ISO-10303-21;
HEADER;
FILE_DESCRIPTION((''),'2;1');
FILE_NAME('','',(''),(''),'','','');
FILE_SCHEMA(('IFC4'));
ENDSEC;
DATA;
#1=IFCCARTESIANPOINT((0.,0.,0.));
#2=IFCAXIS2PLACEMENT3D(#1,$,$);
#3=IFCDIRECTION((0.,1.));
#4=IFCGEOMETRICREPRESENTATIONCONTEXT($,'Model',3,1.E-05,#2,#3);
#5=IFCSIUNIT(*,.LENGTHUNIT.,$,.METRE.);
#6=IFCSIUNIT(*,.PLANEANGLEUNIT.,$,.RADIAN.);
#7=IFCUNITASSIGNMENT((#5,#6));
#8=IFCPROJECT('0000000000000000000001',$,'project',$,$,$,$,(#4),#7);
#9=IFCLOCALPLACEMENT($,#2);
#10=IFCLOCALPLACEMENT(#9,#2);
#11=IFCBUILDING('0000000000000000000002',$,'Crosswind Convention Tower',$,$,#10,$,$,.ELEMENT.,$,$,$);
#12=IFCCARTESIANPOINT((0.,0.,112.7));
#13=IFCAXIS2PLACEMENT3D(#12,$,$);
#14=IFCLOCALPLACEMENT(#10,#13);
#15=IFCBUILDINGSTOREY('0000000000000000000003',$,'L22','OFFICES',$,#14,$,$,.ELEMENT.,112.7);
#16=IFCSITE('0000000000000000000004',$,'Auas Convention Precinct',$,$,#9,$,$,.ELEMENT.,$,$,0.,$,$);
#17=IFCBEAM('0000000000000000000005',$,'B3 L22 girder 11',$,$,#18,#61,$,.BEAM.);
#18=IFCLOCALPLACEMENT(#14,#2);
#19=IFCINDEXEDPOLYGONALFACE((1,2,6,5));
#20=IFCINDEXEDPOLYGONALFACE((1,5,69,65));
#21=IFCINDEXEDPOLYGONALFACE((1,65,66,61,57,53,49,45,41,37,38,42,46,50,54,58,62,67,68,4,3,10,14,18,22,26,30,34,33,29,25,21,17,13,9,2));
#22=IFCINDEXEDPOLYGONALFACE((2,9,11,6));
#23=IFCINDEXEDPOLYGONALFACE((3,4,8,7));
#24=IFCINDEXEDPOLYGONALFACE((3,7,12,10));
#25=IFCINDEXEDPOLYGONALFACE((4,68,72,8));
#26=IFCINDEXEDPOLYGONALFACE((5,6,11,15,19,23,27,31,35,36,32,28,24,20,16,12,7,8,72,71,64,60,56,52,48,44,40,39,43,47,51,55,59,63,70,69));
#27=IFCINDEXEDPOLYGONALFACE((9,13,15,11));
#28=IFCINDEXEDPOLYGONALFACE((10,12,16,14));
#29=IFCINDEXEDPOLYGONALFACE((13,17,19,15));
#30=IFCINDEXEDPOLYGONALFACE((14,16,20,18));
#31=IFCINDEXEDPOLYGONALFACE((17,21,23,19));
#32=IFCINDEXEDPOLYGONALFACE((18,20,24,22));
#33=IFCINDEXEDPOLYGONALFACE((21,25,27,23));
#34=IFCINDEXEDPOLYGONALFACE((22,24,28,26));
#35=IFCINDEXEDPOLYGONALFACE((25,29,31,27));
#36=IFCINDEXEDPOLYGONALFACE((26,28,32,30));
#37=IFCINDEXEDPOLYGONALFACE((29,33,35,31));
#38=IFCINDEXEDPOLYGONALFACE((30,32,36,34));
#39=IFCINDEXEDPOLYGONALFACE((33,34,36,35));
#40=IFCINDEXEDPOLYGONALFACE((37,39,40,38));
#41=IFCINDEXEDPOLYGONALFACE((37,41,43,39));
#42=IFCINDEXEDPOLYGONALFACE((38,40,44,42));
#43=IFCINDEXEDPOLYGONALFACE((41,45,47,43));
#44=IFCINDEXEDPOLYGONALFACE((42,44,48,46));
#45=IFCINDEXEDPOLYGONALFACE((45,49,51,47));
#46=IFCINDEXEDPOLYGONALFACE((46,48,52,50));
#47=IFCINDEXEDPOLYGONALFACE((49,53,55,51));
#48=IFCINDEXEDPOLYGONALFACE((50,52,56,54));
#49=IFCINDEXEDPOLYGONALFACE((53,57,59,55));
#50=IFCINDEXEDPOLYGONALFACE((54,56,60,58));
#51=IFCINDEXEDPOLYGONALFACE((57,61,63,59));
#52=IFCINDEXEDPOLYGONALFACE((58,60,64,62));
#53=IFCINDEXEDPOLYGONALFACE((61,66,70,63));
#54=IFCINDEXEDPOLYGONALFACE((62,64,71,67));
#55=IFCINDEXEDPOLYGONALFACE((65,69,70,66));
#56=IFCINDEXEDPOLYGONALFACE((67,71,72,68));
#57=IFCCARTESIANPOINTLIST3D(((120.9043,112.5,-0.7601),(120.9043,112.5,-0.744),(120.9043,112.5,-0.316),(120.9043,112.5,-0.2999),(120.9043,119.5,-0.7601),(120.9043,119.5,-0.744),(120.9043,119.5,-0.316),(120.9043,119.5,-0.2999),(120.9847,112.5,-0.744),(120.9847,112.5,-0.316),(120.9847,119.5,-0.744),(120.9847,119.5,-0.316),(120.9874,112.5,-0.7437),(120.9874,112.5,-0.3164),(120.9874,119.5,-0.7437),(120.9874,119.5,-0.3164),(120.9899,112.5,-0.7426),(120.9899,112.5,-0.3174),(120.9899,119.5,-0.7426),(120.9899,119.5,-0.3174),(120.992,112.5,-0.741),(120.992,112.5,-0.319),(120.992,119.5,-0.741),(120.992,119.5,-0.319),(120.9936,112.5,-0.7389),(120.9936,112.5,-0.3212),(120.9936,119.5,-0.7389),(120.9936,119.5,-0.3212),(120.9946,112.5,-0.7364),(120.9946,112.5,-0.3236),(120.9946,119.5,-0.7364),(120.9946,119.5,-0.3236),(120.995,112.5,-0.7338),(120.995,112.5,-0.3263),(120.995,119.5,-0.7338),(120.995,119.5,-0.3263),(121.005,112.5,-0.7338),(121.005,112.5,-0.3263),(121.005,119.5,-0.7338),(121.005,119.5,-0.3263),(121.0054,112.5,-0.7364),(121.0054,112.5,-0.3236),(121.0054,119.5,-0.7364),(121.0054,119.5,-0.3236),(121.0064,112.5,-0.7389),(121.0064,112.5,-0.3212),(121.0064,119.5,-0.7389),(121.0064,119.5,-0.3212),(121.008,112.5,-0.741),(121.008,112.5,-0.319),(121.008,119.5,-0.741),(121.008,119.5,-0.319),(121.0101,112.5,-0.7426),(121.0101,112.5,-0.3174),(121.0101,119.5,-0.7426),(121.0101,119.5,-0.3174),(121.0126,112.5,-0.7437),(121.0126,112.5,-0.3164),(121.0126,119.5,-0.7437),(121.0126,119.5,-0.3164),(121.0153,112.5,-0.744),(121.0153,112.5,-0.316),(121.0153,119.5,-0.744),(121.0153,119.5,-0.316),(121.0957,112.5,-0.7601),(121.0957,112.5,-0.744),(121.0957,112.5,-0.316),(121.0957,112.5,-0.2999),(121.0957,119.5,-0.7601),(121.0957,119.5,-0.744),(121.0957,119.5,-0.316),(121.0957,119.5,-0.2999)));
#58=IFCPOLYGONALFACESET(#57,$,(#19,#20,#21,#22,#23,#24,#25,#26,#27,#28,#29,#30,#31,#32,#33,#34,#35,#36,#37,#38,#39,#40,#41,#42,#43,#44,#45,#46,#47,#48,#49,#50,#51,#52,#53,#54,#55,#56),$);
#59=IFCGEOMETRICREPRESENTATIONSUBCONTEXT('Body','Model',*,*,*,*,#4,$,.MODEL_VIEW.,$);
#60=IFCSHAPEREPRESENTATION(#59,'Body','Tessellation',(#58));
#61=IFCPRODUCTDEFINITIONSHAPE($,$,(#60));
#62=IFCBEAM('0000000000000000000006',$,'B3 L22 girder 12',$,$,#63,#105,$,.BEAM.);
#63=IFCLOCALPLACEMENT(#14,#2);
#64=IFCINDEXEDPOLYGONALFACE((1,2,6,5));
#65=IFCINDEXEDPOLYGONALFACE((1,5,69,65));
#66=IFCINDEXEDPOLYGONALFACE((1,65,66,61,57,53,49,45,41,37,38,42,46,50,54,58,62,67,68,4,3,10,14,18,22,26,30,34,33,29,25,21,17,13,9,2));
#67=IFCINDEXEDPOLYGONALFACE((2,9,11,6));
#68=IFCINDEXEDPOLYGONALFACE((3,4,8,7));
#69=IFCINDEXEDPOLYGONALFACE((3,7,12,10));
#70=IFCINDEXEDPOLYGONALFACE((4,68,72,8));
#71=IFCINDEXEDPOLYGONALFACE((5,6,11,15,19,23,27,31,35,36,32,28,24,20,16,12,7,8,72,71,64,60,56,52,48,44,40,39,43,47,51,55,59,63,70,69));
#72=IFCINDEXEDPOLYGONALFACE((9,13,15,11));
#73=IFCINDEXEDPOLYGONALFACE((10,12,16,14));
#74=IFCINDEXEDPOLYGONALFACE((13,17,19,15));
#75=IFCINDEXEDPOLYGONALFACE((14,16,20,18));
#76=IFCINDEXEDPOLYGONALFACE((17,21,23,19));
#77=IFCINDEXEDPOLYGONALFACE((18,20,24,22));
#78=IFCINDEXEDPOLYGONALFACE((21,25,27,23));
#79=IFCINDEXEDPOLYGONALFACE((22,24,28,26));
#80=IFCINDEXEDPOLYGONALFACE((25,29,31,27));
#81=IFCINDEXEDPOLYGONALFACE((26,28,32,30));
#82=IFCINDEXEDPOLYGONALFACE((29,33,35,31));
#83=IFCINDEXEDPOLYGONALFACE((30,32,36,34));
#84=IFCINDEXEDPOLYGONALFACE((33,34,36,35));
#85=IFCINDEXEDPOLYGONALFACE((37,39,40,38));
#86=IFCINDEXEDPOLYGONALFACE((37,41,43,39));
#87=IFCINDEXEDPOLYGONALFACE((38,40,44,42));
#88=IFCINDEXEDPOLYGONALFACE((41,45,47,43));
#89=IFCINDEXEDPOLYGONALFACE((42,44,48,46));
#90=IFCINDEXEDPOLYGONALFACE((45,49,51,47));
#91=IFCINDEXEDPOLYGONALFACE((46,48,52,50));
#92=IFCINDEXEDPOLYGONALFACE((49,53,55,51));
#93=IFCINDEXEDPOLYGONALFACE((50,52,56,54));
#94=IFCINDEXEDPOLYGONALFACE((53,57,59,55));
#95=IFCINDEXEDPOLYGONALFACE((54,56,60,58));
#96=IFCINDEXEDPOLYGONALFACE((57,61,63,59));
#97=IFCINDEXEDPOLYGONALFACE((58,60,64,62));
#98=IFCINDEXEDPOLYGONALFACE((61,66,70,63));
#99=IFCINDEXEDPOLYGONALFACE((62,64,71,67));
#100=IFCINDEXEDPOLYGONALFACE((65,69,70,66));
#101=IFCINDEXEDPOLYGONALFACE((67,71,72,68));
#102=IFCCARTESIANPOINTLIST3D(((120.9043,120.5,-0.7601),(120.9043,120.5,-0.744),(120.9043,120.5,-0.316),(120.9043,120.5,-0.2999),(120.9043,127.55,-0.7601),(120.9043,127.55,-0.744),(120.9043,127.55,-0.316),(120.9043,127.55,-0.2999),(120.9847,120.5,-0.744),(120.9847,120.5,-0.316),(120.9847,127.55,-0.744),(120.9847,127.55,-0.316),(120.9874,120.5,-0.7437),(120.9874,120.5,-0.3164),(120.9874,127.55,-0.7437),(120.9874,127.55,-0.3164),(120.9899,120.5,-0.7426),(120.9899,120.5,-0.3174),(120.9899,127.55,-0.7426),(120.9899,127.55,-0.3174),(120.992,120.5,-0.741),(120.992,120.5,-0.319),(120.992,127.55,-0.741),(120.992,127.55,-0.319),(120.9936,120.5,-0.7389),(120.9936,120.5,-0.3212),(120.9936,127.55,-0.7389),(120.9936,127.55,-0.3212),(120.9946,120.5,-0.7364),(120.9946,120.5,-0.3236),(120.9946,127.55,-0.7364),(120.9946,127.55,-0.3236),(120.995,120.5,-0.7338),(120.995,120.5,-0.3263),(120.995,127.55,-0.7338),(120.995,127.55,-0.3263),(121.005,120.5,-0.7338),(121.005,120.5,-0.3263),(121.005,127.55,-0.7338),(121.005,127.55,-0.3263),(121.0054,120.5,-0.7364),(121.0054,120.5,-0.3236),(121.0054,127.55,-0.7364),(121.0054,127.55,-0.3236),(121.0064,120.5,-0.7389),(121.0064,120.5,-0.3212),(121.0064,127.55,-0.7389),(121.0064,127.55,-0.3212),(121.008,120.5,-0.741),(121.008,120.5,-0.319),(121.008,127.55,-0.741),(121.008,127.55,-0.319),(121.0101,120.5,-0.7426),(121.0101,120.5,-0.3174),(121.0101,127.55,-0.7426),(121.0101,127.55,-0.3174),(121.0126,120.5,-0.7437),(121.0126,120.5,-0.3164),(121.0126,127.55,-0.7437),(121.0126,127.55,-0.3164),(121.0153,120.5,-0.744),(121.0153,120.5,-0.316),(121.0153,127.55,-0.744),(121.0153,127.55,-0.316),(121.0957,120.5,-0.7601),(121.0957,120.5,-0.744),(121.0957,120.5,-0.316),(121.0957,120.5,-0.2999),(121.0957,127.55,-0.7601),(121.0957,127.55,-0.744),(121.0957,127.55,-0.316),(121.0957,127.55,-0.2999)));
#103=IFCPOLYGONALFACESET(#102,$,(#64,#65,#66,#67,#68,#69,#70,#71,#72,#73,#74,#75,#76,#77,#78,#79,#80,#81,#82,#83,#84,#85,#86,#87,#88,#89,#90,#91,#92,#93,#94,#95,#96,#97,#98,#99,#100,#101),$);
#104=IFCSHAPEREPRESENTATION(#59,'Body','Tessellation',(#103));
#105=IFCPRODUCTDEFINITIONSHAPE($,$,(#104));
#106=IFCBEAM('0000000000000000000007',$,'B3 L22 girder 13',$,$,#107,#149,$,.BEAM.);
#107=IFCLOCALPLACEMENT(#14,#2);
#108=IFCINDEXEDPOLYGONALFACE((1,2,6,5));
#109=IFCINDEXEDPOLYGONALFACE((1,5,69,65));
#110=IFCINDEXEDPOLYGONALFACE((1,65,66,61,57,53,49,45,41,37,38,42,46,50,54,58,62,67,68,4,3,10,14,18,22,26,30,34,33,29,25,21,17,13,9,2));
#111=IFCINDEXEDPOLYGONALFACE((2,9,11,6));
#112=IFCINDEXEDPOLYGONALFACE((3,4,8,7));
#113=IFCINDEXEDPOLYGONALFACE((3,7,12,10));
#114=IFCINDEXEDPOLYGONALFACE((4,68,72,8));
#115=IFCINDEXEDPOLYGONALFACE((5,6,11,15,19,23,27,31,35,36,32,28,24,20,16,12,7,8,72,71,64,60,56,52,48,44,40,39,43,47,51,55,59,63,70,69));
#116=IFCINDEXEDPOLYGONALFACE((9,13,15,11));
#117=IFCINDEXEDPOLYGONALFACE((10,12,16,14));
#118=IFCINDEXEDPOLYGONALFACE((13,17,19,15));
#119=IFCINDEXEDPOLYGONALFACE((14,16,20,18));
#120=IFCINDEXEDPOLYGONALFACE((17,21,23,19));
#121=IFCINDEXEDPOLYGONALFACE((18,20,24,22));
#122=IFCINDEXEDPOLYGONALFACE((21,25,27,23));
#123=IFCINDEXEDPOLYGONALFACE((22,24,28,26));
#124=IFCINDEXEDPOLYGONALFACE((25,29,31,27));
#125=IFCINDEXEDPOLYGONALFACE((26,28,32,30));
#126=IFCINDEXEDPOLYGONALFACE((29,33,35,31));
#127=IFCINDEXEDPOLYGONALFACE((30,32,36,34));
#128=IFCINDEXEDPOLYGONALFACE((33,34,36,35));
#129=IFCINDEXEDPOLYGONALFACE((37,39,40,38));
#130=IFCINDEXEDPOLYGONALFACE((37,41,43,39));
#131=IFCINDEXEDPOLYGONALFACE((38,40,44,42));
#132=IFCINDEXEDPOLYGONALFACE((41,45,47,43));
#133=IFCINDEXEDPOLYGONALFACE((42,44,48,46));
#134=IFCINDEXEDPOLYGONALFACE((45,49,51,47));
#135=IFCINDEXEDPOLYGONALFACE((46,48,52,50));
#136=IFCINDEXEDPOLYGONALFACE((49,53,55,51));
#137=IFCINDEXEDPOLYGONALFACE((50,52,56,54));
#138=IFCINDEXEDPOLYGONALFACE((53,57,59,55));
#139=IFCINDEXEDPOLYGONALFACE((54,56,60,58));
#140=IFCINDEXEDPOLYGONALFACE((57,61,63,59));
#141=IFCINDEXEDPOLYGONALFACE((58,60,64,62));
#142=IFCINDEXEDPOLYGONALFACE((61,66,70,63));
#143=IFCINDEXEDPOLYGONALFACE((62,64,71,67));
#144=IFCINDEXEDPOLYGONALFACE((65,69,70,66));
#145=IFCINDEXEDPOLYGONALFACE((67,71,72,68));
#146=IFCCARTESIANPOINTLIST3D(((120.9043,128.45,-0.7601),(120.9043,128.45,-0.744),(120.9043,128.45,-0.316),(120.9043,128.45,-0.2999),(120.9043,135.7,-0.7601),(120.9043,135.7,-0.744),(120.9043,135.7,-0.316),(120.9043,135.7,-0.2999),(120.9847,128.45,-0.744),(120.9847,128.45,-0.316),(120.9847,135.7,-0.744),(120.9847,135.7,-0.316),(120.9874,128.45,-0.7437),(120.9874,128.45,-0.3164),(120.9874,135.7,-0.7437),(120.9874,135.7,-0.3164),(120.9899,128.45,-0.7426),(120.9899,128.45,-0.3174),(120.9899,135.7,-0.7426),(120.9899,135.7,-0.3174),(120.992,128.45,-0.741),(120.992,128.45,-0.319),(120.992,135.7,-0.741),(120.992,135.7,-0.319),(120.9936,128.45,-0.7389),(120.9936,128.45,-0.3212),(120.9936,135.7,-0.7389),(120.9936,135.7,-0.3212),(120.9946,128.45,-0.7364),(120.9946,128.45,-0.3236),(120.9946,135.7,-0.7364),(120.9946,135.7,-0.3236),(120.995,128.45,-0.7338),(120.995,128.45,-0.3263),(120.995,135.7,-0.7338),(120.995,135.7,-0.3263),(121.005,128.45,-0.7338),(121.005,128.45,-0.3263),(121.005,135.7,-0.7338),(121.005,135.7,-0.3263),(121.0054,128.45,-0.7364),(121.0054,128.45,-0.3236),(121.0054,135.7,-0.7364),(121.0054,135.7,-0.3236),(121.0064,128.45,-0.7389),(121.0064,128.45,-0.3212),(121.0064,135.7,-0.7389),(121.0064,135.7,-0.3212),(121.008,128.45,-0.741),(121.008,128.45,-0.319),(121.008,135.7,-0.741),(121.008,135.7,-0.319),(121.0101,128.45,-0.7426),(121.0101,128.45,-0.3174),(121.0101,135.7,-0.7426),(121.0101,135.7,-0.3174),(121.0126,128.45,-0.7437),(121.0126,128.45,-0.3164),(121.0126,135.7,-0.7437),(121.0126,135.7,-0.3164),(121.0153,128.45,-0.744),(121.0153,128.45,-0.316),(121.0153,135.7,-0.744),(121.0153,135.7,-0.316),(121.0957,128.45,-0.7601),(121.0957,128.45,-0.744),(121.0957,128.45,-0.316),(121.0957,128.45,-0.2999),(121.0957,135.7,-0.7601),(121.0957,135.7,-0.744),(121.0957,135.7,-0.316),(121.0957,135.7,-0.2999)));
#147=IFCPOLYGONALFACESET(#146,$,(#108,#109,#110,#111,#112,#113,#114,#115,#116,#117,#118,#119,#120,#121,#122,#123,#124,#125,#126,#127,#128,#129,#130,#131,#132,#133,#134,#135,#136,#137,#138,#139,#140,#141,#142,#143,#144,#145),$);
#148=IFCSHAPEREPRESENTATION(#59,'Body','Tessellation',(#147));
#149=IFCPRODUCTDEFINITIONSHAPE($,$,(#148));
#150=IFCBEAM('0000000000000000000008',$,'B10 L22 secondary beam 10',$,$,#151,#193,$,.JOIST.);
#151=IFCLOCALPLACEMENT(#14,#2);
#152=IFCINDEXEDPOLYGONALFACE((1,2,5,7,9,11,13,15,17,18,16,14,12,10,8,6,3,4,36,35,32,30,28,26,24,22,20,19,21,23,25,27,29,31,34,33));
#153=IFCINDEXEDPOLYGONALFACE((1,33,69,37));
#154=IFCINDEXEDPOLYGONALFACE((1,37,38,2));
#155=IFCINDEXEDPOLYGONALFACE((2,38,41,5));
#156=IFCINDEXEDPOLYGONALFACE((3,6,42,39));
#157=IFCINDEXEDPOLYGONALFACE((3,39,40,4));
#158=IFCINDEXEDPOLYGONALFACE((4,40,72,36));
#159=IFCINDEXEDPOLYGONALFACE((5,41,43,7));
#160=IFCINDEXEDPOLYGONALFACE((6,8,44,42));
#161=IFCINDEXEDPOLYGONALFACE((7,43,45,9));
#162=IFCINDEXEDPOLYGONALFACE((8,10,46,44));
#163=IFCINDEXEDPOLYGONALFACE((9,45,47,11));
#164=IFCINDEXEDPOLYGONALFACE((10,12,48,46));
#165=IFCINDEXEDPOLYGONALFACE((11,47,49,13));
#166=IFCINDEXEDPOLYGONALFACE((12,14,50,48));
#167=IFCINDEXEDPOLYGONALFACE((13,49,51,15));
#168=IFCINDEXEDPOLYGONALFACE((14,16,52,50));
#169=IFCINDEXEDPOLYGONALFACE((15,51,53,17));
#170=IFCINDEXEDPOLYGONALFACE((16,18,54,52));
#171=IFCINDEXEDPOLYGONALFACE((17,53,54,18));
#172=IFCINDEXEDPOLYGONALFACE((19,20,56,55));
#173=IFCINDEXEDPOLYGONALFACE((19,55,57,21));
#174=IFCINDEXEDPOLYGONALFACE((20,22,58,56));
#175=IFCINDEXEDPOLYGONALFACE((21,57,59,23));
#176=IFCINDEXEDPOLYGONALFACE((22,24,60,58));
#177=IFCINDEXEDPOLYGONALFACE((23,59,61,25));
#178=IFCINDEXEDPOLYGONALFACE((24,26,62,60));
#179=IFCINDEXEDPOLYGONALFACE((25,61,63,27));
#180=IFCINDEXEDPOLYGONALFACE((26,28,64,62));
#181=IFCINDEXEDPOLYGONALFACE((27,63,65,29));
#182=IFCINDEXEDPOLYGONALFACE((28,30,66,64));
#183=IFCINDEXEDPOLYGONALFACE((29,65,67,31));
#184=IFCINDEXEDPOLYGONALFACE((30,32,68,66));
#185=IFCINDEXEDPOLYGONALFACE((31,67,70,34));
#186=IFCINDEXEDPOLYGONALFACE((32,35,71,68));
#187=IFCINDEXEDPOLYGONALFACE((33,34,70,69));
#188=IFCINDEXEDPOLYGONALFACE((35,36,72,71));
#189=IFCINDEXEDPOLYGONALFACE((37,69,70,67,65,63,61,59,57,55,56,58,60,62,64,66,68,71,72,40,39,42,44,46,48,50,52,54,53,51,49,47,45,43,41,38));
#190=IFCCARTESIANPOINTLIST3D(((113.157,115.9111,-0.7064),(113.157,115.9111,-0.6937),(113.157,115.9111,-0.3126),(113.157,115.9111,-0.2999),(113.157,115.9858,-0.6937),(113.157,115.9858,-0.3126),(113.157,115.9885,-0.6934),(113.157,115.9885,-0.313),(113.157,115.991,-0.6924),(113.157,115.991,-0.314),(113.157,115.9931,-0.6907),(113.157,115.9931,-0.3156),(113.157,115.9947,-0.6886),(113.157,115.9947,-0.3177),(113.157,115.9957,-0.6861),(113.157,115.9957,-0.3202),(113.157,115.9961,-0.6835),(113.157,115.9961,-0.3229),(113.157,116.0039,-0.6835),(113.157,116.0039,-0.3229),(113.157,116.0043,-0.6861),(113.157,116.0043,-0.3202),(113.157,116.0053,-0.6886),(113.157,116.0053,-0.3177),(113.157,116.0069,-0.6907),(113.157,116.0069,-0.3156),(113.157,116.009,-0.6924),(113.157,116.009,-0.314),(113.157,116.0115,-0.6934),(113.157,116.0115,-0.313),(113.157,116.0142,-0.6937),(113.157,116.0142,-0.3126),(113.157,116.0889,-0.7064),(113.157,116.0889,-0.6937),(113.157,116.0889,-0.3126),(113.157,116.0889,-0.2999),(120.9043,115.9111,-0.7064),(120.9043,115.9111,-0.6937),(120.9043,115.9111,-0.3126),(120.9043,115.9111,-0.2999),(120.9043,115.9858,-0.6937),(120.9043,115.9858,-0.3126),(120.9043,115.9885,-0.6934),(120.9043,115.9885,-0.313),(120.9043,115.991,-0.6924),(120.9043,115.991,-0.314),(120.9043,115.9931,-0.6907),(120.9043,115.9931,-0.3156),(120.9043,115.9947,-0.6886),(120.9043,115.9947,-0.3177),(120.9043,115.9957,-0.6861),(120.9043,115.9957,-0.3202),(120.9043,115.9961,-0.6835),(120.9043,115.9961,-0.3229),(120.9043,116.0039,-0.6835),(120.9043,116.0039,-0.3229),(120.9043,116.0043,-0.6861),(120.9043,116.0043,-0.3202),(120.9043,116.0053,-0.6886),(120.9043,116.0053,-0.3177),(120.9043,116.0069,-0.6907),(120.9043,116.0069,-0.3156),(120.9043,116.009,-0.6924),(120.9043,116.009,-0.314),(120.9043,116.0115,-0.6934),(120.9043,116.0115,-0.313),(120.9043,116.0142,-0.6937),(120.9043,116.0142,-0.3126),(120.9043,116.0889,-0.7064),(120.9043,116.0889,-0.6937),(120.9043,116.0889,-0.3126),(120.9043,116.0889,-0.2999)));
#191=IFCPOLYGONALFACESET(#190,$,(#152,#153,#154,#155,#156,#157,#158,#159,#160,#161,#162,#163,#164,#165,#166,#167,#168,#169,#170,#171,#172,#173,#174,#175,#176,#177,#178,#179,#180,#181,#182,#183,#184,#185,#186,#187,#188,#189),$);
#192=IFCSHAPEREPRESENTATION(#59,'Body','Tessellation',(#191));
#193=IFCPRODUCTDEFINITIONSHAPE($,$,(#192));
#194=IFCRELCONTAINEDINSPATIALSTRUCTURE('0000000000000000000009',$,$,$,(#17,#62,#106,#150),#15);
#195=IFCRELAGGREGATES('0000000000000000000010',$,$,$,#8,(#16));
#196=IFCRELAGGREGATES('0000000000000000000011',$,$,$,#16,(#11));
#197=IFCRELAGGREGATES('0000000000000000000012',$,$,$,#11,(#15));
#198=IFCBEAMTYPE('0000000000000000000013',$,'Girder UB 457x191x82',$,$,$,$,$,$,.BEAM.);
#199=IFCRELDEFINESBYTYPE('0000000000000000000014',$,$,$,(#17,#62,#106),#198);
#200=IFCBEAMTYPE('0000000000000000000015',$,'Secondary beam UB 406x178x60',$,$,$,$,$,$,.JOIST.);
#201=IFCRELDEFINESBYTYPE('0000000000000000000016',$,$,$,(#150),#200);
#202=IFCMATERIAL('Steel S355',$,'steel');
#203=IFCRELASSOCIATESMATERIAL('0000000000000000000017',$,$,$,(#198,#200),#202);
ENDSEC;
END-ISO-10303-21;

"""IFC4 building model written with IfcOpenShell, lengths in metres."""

from ifc_helpers import new_model, si_unit, direction, frame, origin, origin_2d, place, context, subcontext, project, spatial, i_section, extrude, material, material_profile, profile_set, type_object, element, save


model = new_model("IFC4")

# Units and contexts
model_context = context("Model", 3, precision=1e-05, world=origin(), true_north=direction((0.0, 1.0)))
body_context = subcontext(model_context, "Body", "Model", "MODEL_VIEW")
ifc_project = project(units=[si_unit("LENGTHUNIT", "METRE"), si_unit("PLANEANGLEUNIT", "RADIAN")], contexts=[model_context])

# Site, building, storey
site_placement = place(None, origin())
site = spatial("IfcSite", under=ifc_project, at=site_placement, Name="Auas Convention Precinct", CompositionType="ELEMENT", RefElevation=0.0)
building_placement = place(site_placement, origin())
building = spatial("IfcBuilding", under=site, at=building_placement, Name="Crosswind Convention Tower", CompositionType="ELEMENT")
storey_placement = place(building_placement, frame((0.0, 0.0, 112.7)))
storey = spatial("IfcBuildingStorey", under=building, at=storey_placement, Name="L22", Description="OFFICES", CompositionType="ELEMENT", Elevation=112.7)

# Beams
ifc_material_1 = material(Name="Steel S355", Category="steel")
ifc_material_profile_1 = material_profile(ifc_material_1, i_section(OverallWidth=0.1914, OverallDepth=0.4602, WebThickness=0.01, FlangeThickness=0.0161, FilletRadius=0.0103, at=origin_2d()), Name="UB 457x191x82")
ifc_profile_set_1 = profile_set([ifc_material_profile_1], Name="Steel S355")
beam_type_1 = type_object("IfcBeamType", Name="Girder UB 457x191x82", PredefinedType="BEAM", material=ifc_profile_set_1)
beam_1_placement = place(storey_placement, frame((121.0, 112.5, -0.53), z_axis=(0.0, 1.0, 0.0), x_axis=(-1.0, 0.0, 0.0)))
element("IfcBeam", 1, at=beam_1_placement, inside=storey, type_object=beam_type_1, Name="B3 L22 girder 11", PredefinedType="BEAM", context=body_context, shape_type="SweptSolid", body=[
    extrude(i_section(OverallWidth=0.1914, OverallDepth=0.4602, WebThickness=0.01, FlangeThickness=0.0161, FilletRadius=0.0103, at=origin_2d()), origin(), (0.0, 0.0, 1.0), 7.0),
])
beam_2_placement = place(storey_placement, frame((121.0, 120.5, -0.53), z_axis=(0.0, 1.0, 0.0), x_axis=(-1.0, 0.0, 0.0)))
element("IfcBeam", 2, at=beam_2_placement, inside=storey, type_object=beam_type_1, Name="B3 L22 girder 12", PredefinedType="BEAM", context=body_context, shape_type="SweptSolid", body=[
    extrude(i_section(OverallWidth=0.1914, OverallDepth=0.4602, WebThickness=0.01, FlangeThickness=0.0161, FilletRadius=0.0103, at=origin_2d()), origin(), (0.0, 0.0, 1.0), 7.05),
])
beam_3_placement = place(storey_placement, frame((121.0, 128.45, -0.53), z_axis=(0.0, 1.0, 0.0), x_axis=(-1.0, 0.0, 0.0)))
element("IfcBeam", 3, at=beam_3_placement, inside=storey, type_object=beam_type_1, Name="B3 L22 girder 13", PredefinedType="BEAM", context=body_context, shape_type="SweptSolid", body=[
    extrude(i_section(OverallWidth=0.1914, OverallDepth=0.4602, WebThickness=0.01, FlangeThickness=0.0161, FilletRadius=0.0103, at=origin_2d()), origin(), (0.0, 0.0, 1.0), 7.25),
])
ifc_material_profile_2 = material_profile(ifc_material_1, i_section(OverallWidth=0.1777, OverallDepth=0.4065, WebThickness=0.0078, FlangeThickness=0.0127, FilletRadius=0.0103, at=origin_2d()), Name="UB 406x178x60")
ifc_profile_set_2 = profile_set([ifc_material_profile_2], Name="Steel S355")
beam_type_2 = type_object("IfcBeamType", Name="Secondary beam UB 406x178x60", PredefinedType="JOIST", material=ifc_profile_set_2)
for number, where, z_axis, x_axis, name in (
    (4, (113.157, 116.0, -0.5032), (1.0, 0.0, 0.0), (0.0, 1.0, 0.0), "B10 L22 secondary beam 10"),
):
    element("IfcBeam", number, at=place(storey_placement, frame(where, z_axis=z_axis, x_axis=x_axis)), inside=storey, type_object=beam_type_2, Name=name, PredefinedType="JOIST", context=body_context, shape_type="SweptSolid", body=[
        extrude(i_section(OverallWidth=0.1777, OverallDepth=0.4065, WebThickness=0.0078, FlangeThickness=0.0127, FilletRadius=0.0103, at=origin_2d()), origin(), (0.0, 0.0, 1.0), 7.7473),
    ])

save(model, "model.ifc")
